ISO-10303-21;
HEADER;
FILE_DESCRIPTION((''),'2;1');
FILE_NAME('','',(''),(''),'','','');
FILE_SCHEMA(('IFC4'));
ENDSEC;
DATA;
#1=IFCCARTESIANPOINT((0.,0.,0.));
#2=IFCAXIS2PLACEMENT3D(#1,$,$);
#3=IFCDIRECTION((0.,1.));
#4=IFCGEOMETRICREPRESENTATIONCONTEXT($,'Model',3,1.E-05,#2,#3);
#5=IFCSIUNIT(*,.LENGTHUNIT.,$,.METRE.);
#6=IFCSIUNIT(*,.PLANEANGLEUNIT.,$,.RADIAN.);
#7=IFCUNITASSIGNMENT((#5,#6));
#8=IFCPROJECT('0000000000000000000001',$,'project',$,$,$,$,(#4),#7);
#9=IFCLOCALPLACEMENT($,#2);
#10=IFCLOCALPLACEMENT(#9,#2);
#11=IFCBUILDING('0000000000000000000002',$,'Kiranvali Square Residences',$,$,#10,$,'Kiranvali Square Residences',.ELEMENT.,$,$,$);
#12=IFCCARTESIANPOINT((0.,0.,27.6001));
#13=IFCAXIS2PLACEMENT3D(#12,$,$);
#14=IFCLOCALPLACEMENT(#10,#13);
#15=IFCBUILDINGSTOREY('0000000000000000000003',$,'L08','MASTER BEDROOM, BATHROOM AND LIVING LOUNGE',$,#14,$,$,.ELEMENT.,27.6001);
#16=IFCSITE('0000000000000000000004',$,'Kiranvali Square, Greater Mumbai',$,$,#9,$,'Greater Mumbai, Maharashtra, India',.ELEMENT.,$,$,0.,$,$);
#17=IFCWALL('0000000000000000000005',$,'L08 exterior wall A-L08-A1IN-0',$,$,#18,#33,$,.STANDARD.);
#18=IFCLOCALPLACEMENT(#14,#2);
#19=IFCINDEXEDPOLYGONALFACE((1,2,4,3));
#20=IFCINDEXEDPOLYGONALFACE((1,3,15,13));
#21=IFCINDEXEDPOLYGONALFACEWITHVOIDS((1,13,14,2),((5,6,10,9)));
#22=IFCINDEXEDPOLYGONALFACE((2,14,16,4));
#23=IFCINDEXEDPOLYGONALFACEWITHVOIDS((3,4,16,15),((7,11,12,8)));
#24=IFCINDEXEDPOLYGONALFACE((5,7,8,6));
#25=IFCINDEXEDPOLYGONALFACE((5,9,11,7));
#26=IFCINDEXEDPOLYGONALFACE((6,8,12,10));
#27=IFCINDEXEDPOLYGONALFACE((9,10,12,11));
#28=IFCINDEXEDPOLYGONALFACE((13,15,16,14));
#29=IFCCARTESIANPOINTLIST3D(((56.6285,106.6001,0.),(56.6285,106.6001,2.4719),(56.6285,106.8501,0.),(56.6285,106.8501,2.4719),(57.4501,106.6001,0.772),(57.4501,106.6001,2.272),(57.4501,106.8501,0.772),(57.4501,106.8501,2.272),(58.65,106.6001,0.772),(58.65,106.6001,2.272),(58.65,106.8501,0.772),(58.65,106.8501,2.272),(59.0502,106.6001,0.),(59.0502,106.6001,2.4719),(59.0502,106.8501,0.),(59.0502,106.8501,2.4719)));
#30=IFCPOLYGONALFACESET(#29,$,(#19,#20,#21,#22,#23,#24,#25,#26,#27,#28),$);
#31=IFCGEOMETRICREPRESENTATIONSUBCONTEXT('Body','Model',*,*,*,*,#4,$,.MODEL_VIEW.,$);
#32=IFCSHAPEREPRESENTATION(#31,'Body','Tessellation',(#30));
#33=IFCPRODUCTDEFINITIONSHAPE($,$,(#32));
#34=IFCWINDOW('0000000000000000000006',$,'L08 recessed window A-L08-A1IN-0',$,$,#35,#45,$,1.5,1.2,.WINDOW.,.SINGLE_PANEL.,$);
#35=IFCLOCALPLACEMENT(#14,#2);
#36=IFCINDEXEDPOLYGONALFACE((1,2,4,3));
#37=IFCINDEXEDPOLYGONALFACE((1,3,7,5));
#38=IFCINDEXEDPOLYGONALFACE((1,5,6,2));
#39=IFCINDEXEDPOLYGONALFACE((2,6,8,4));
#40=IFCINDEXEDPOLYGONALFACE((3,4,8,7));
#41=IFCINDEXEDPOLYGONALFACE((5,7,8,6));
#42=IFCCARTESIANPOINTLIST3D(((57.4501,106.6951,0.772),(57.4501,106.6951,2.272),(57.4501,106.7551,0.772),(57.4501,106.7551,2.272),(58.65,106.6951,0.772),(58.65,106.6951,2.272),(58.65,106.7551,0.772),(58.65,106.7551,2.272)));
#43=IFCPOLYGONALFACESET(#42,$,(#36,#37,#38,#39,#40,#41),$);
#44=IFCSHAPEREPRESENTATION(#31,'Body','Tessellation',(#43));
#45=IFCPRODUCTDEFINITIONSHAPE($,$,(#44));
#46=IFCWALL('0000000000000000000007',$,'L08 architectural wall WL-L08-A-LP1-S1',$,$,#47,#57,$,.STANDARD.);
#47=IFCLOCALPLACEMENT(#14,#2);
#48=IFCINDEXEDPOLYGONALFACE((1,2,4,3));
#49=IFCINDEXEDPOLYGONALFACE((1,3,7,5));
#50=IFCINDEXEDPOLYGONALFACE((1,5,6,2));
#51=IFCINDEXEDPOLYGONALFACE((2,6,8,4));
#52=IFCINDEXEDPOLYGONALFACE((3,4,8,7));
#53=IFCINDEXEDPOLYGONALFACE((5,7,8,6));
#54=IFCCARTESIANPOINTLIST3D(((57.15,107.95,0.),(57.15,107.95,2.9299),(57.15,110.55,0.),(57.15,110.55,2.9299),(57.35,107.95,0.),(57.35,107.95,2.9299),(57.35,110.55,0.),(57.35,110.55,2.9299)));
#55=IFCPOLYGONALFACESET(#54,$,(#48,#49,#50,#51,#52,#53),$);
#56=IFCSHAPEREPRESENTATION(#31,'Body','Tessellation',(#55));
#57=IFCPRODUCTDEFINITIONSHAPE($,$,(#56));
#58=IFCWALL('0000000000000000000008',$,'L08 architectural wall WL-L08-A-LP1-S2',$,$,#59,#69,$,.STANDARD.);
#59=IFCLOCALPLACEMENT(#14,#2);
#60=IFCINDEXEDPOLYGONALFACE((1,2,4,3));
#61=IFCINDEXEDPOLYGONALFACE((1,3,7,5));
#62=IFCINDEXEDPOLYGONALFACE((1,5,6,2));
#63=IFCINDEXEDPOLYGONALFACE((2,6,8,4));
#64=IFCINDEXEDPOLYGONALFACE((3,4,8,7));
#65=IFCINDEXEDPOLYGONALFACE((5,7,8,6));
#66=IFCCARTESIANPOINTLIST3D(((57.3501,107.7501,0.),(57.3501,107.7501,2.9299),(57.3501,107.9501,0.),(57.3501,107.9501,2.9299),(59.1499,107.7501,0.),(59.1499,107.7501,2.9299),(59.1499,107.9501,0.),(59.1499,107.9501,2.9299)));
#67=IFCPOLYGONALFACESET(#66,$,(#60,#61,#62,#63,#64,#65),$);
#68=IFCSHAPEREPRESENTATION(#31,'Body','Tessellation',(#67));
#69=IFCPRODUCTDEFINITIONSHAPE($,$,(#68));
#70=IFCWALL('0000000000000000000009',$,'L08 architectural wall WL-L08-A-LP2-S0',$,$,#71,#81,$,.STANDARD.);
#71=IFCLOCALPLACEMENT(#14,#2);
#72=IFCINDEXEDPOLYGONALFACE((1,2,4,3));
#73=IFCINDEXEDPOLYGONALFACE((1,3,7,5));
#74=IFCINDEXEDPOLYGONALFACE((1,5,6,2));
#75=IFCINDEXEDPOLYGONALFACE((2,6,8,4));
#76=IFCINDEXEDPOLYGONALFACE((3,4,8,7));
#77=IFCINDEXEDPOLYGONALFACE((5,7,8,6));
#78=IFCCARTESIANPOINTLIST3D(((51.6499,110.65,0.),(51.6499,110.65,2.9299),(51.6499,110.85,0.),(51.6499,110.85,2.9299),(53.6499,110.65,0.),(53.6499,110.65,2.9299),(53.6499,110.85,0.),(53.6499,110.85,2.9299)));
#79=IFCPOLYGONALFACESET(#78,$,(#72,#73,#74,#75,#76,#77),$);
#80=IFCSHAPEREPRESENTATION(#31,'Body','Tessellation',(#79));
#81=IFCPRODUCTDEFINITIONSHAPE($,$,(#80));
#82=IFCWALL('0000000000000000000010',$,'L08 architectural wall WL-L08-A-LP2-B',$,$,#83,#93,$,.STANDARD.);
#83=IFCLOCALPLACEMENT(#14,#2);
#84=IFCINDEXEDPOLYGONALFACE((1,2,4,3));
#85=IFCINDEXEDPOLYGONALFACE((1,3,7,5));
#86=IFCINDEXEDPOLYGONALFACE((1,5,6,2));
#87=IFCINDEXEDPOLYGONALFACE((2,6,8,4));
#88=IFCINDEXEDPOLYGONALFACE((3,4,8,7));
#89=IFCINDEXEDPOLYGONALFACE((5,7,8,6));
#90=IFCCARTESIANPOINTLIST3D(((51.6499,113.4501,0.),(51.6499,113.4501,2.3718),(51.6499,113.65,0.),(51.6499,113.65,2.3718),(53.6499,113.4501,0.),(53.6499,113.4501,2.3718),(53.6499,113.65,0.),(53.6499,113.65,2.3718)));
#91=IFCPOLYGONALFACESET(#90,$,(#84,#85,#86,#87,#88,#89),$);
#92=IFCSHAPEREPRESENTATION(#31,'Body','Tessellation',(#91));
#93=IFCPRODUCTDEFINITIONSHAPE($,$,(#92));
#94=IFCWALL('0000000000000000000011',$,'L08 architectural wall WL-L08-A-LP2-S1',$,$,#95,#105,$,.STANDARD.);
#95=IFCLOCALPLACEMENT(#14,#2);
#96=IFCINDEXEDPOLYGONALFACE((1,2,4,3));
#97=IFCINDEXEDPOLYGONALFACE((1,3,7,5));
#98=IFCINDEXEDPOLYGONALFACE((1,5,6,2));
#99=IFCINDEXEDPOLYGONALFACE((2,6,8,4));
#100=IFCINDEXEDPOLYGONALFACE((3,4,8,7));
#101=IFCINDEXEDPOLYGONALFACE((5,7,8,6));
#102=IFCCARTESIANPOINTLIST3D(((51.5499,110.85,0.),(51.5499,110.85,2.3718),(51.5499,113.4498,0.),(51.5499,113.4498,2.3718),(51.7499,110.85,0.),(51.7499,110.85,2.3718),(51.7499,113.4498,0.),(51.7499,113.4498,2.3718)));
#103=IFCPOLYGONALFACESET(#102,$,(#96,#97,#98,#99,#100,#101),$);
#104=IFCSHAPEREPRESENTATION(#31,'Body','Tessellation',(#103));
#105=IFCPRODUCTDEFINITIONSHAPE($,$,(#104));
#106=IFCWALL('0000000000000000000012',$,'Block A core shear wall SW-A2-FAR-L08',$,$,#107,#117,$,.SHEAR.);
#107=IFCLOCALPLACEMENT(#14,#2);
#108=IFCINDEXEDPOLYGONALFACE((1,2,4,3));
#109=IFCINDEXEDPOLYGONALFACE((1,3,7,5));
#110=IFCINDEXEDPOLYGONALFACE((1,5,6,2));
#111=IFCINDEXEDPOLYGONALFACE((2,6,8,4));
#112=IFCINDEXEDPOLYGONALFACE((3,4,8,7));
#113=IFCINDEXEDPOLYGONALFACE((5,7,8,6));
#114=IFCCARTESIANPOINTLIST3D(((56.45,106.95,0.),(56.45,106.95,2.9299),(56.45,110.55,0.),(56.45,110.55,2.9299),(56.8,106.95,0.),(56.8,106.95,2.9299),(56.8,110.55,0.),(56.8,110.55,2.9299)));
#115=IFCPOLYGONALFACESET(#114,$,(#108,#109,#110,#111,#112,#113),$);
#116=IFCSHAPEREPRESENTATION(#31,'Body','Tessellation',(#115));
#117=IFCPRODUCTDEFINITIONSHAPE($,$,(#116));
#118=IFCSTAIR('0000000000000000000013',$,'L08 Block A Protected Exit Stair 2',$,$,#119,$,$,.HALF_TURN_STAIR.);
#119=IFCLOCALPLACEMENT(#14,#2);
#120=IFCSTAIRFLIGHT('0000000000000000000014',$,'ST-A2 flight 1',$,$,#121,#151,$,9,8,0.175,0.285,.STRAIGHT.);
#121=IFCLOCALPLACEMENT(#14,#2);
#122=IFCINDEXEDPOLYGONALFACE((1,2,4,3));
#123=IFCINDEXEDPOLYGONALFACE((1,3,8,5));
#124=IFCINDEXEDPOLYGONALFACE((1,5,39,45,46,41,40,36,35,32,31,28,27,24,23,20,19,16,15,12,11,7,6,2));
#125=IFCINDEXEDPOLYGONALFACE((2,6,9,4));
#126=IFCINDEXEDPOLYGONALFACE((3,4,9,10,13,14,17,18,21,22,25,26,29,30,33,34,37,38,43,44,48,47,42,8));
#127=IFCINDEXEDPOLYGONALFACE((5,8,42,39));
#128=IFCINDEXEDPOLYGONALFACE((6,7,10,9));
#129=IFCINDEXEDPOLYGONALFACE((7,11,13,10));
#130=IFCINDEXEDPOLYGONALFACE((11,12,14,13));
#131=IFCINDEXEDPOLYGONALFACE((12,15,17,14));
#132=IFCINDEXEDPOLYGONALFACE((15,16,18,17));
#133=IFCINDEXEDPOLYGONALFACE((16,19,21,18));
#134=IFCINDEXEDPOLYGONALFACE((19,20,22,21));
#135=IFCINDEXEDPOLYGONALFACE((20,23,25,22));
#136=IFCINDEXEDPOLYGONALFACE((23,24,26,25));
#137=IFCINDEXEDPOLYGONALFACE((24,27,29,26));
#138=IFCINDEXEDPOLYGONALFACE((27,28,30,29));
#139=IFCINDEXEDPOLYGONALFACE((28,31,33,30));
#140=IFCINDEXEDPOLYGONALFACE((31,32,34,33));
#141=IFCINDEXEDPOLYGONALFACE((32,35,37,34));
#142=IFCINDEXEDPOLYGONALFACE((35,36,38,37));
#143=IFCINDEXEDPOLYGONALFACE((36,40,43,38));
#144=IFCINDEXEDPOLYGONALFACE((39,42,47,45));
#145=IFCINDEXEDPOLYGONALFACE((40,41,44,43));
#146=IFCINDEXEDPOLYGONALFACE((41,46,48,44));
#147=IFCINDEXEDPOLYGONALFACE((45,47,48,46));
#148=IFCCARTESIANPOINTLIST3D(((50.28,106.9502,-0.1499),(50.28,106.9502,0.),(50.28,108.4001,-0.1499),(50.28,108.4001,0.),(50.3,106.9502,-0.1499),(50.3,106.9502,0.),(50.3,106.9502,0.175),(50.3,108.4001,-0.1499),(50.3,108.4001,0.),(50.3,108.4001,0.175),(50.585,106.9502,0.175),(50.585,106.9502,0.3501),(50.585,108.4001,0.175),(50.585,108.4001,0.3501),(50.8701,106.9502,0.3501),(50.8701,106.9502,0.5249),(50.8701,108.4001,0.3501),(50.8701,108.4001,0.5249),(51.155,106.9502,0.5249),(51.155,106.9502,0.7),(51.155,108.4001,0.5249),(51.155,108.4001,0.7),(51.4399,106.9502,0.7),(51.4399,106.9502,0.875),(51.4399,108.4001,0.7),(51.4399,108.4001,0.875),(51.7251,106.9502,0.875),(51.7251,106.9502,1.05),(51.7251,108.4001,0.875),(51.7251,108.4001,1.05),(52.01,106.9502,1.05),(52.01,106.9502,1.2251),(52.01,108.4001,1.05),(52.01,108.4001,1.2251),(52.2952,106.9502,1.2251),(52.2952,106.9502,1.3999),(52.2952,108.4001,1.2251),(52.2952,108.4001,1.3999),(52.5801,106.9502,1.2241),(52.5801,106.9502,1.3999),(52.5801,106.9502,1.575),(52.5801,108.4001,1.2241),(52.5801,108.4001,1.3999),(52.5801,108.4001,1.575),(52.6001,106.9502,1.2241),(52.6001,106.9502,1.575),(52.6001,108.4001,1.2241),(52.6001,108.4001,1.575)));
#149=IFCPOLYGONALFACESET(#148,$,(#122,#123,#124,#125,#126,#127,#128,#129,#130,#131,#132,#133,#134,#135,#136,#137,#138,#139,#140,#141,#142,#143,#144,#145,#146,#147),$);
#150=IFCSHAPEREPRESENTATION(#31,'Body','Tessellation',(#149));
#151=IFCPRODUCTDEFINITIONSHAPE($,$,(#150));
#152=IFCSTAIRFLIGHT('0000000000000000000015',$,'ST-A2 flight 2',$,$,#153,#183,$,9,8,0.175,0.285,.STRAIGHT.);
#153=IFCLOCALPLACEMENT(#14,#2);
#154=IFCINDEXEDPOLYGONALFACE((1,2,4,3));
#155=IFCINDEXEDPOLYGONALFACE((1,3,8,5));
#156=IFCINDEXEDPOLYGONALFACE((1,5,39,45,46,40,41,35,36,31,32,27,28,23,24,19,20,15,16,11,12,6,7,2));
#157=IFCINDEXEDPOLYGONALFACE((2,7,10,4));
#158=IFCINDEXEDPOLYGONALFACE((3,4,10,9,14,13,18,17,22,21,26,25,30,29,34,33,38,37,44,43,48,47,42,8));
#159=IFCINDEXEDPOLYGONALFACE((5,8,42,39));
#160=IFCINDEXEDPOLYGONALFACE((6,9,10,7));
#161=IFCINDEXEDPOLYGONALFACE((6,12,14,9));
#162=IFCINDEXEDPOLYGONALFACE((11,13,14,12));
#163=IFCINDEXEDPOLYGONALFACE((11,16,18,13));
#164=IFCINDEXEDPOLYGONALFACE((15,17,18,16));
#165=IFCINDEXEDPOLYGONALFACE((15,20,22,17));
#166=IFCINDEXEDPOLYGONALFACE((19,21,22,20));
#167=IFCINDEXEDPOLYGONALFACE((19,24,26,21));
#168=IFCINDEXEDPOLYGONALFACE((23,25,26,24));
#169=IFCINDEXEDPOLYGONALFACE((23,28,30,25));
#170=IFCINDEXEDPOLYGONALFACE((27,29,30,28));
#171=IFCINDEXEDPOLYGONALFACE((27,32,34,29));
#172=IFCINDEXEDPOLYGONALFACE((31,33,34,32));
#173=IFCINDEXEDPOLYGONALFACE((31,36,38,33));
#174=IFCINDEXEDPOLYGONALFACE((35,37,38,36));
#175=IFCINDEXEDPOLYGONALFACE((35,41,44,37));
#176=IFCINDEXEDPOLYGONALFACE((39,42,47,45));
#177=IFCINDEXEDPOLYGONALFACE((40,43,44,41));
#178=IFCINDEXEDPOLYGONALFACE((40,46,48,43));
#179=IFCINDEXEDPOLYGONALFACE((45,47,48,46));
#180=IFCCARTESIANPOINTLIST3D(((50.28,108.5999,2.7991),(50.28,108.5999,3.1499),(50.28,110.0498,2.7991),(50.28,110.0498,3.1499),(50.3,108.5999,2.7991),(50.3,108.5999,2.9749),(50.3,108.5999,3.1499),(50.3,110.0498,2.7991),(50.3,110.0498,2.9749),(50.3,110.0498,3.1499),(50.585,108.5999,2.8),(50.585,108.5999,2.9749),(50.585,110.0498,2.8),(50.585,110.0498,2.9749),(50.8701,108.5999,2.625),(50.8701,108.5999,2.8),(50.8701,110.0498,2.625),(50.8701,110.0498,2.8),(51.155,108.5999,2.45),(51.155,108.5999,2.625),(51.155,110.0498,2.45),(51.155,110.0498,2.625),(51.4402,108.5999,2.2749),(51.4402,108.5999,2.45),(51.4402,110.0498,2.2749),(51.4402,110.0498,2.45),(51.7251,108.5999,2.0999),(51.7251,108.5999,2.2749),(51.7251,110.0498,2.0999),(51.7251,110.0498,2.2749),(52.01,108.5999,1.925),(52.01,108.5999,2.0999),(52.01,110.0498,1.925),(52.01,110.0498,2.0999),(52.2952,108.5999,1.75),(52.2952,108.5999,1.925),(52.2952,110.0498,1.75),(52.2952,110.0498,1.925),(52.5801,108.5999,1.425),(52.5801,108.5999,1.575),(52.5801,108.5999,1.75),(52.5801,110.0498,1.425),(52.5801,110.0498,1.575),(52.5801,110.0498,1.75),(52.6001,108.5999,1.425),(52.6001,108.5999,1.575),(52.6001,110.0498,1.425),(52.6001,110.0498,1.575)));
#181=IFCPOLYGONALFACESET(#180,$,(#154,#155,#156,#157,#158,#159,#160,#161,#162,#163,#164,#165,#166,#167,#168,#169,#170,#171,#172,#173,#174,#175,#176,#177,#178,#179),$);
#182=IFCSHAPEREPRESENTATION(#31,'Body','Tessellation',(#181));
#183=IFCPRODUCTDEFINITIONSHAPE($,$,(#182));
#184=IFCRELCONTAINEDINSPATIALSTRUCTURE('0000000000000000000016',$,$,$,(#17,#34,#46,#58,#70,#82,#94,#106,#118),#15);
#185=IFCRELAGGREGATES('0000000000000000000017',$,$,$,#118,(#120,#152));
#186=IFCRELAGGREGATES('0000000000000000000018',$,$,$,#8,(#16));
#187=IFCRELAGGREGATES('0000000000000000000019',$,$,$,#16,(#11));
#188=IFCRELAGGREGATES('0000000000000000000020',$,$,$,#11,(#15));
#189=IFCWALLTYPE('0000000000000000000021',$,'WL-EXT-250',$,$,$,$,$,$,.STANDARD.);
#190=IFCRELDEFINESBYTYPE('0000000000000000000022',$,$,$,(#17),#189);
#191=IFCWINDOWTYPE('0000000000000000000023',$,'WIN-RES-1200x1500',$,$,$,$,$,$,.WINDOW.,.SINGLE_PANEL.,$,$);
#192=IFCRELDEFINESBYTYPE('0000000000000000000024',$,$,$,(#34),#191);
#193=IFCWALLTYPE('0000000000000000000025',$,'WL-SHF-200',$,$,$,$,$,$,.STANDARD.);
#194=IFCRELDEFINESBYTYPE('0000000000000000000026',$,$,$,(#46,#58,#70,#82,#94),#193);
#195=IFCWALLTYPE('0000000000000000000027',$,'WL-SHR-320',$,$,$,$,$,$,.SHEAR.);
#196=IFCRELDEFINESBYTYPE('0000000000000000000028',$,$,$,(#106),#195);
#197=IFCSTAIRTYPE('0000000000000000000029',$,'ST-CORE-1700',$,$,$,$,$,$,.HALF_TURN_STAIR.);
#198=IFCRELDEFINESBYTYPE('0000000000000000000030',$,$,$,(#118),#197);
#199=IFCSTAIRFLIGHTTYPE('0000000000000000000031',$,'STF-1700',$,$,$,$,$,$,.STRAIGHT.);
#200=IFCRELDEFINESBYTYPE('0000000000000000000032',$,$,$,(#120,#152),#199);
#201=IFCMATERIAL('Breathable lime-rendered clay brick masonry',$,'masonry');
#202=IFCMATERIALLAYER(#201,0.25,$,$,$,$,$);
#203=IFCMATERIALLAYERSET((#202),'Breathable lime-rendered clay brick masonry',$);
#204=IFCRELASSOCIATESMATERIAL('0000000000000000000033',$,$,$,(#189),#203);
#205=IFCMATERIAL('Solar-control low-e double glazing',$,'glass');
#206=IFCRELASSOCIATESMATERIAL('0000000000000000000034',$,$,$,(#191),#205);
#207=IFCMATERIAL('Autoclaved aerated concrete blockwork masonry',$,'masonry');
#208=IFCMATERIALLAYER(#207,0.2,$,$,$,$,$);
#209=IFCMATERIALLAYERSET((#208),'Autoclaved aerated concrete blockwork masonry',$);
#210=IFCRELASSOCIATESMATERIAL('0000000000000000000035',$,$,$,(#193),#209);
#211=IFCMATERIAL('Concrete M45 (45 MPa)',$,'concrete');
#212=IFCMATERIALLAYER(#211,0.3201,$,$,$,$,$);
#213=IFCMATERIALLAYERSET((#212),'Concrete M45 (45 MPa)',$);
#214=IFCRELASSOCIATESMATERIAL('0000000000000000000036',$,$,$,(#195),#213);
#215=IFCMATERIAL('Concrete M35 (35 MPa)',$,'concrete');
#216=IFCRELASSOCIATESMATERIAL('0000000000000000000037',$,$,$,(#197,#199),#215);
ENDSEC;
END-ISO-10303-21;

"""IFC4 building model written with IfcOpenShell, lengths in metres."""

from ifc_helpers import new_model, si_unit, direction, frame, frame_2d, origin, place, context, subcontext, project, spatial, polyline, rectangle, outline, extrude, material, layer, layer_set, type_object, element, fill, aggregate, save


model = new_model("IFC4")

# Units and contexts
model_context = context("Model", 3, precision=1e-05, world=origin(), true_north=direction((0.0, 1.0)))
body_context = subcontext(model_context, "Body", "Model", "MODEL_VIEW")
ifc_project = project(units=[si_unit("LENGTHUNIT", "METRE"), si_unit("PLANEANGLEUNIT", "RADIAN")], contexts=[model_context])

# Site, building, storey
site_placement = place(None, origin())
site = spatial("IfcSite", under=ifc_project, at=site_placement, Name="Kiranvali Square, Greater Mumbai", LongName="Greater Mumbai, Maharashtra, India", CompositionType="ELEMENT", RefElevation=0.0)
building_placement = place(site_placement, origin())
building = spatial("IfcBuilding", under=site, at=building_placement, Name="Kiranvali Square Residences", LongName="Kiranvali Square Residences", CompositionType="ELEMENT")
storey_placement = place(building_placement, frame((0.0, 0.0, 27.6001)))
storey = spatial("IfcBuildingStorey", under=building, at=storey_placement, Name="L08", Description="MASTER BEDROOM, BATHROOM AND LIVING LOUNGE", CompositionType="ELEMENT", Elevation=27.6001)

# Shared definitions
ifc_material_1 = material(Name="Autoclaved aerated concrete blockwork masonry", Category="masonry")

# Wall, opening, window
ifc_material_2 = material(Name="Breathable lime-rendered clay brick masonry", Category="masonry")
ifc_layer_1 = layer(ifc_material_2, 0.25)
ifc_layer_set_1 = layer_set([ifc_layer_1], Name="Breathable lime-rendered clay brick masonry")
wall_type_1 = type_object("IfcWallType", Name="WL-EXT-250", PredefinedType="STANDARD", material=ifc_layer_set_1)
wall_1_placement = place(storey_placement, frame((56.6284, 106.7251, 0.0), z_axis=(0.0, 0.0, 1.0), x_axis=(1.0, 0.0, 0.0)))
wall_1 = element("IfcWall", 1, at=wall_1_placement, inside=storey, type_object=wall_type_1, Name="L08 exterior wall A-L08-A1IN-0", PredefinedType="STANDARD", context=body_context, shape_type="SweptSolid", body=[
    extrude(rectangle(XDim=2.4216, YDim=0.25, at=frame_2d((1.2109, 0.0))), origin(), (0.0, 0.0, 1.0), 2.4719),
])
opening_1_placement = place(wall_1_placement, frame((0.8215, 0.0, 0.772)))
opening_1 = element("IfcOpeningElement", 2, at=opening_1_placement, cuts=wall_1, PredefinedType="OPENING", context=body_context, shape_type="SweptSolid", body=[
    extrude(rectangle(XDim=1.2, YDim=1.5, at=frame_2d((0.6001, 0.75))), frame((0.0, 0.135, 0.0), z_axis=(0.0, -1.0, 0.0), x_axis=(1.0, 0.0, 0.0)), (0.0, 0.0, 1.0), 0.27),
])
ifc_material_3 = material(Name="Solar-control low-e double glazing", Category="glass")
window_type = type_object("IfcWindowType", Name="WIN-RES-1200x1500", PartitioningType="SINGLE_PANEL", PredefinedType="WINDOW", material=ifc_material_3)
window_placement = place(opening_1_placement, origin())
window = element("IfcWindow", 3, at=window_placement, inside=storey, type_object=window_type, Name="L08 recessed window A-L08-A1IN-0", OverallHeight=1.5, OverallWidth=1.2, PartitioningType="SINGLE_PANEL", PredefinedType="WINDOW", context=body_context, shape_type="SweptSolid", body=[
    extrude(rectangle(XDim=1.2, YDim=1.5, at=frame_2d((0.6001, 0.75))), frame((0.0, 0.03, 0.0), z_axis=(0.0, -1.0, 0.0), x_axis=(1.0, 0.0, 0.0)), (0.0, 0.0, 1.0), 0.0601),
])
fill(opening_1, window)

# Walls
ifc_layer_2 = layer(ifc_material_1, 0.2)
ifc_layer_set_2 = layer_set([ifc_layer_2], Name="Autoclaved aerated concrete blockwork masonry")
wall_type_2 = type_object("IfcWallType", Name="WL-SHF-200", PredefinedType="STANDARD", material=ifc_layer_set_2)
wall_2_placement = place(storey_placement, frame((57.25, 107.95, 0.0), z_axis=(0.0, 0.0, 1.0), x_axis=(0.0, 1.0, 0.0)))
element("IfcWall", 4, at=wall_2_placement, inside=storey, type_object=wall_type_2, Name="L08 architectural wall WL-L08-A-LP1-S1", PredefinedType="STANDARD", context=body_context, shape_type="SweptSolid", body=[
    extrude(rectangle(XDim=2.6001, YDim=0.2, at=frame_2d((1.3, 0.0))), origin(), (0.0, 0.0, 1.0), 2.9299),
])
wall_3_placement = place(storey_placement, frame((57.3501, 107.8501, 0.0), z_axis=(0.0, 0.0, 1.0), x_axis=(1.0, 0.0, 0.0)))
element("IfcWall", 5, at=wall_3_placement, inside=storey, type_object=wall_type_2, Name="L08 architectural wall WL-L08-A-LP1-S2", PredefinedType="STANDARD", context=body_context, shape_type="SweptSolid", body=[
    extrude(rectangle(XDim=1.7998, YDim=0.2, at=frame_2d((0.8999, 0.0))), origin(), (0.0, 0.0, 1.0), 2.9299),
])
wall_4_placement = place(storey_placement, frame((51.6499, 110.75, 0.0), z_axis=(0.0, 0.0, 1.0), x_axis=(1.0, 0.0, 0.0)))
element("IfcWall", 6, at=wall_4_placement, inside=storey, type_object=wall_type_2, Name="L08 architectural wall WL-L08-A-LP2-S0", PredefinedType="STANDARD", context=body_context, shape_type="SweptSolid", body=[
    extrude(rectangle(XDim=2.0, YDim=0.2, at=frame_2d((1.0, 0.0))), origin(), (0.0, 0.0, 1.0), 2.9299),
])
wall_5_placement = place(storey_placement, frame((51.6499, 113.55, 0.0), z_axis=(0.0, 0.0, 1.0), x_axis=(1.0, 0.0, 0.0)))
element("IfcWall", 7, at=wall_5_placement, inside=storey, type_object=wall_type_2, Name="L08 architectural wall WL-L08-A-LP2-B", PredefinedType="STANDARD", context=body_context, shape_type="SweptSolid", body=[
    extrude(rectangle(XDim=2.0, YDim=0.2, at=frame_2d((1.0, 0.0))), origin(), (0.0, 0.0, 1.0), 2.3718),
])
wall_6_placement = place(storey_placement, frame((51.6499, 110.8501, 0.0), z_axis=(0.0, 0.0, 1.0), x_axis=(0.0, 1.0, 0.0)))
element("IfcWall", 8, at=wall_6_placement, inside=storey, type_object=wall_type_2, Name="L08 architectural wall WL-L08-A-LP2-S1", PredefinedType="STANDARD", context=body_context, shape_type="SweptSolid", body=[
    extrude(rectangle(XDim=2.5999, YDim=0.2, at=frame_2d((1.2998, 0.0))), origin(), (0.0, 0.0, 1.0), 2.3718),
])

# Wall
ifc_material_4 = material(Name="Concrete M45 (45 MPa)", Category="concrete")
ifc_layer_3 = layer(ifc_material_4, 0.3201)
ifc_layer_set_3 = layer_set([ifc_layer_3], Name="Concrete M45 (45 MPa)")
wall_type_3 = type_object("IfcWallType", Name="WL-SHR-320", PredefinedType="SHEAR", material=ifc_layer_set_3)
wall_7_placement = place(storey_placement, frame((56.625, 106.95, 0.0), z_axis=(0.0, 0.0, 1.0), x_axis=(0.0, 1.0, 0.0)))
element("IfcWall", 9, at=wall_7_placement, inside=storey, type_object=wall_type_3, Name="Block A core shear wall SW-A2-FAR-L08", PredefinedType="SHEAR", context=body_context, shape_type="SweptSolid", body=[
    extrude(rectangle(XDim=3.6001, YDim=0.3501, at=frame_2d((1.8, 0.0))), origin(), (0.0, 0.0, 1.0), 2.9299),
])

# Stair, stair flights
ifc_material_5 = material(Name="Concrete M35 (35 MPa)", Category="concrete")
stair_type = type_object("IfcStairType", Name="ST-CORE-1700", PredefinedType="HALF_TURN_STAIR", material=ifc_material_5)
stair_placement = place(storey_placement, origin())
stair = element("IfcStair", 10, at=stair_placement, inside=storey, type_object=stair_type, Name="L08 Block A Protected Exit Stair 2", PredefinedType="HALF_TURN_STAIR")
stair_flight_type = type_object("IfcStairFlightType", Name="STF-1700", PredefinedType="STRAIGHT", material=ifc_material_5)
stair_flight_1_placement = place(storey_placement, frame((50.3, 107.675, 0.0), z_axis=(0.0, 0.0, 1.0), x_axis=(1.0, 0.0, 0.0)))
stair_flight_1 = element("IfcStairFlight", 11, at=stair_flight_1_placement, type_object=stair_flight_type, Name="ST-A2 flight 1", NumberOfRisers=9, NumberOfTreads=8, PredefinedType="STRAIGHT", RiserHeight=0.175, TreadLength=0.285, context=body_context, shape_type="SweptSolid", body=[
    extrude(outline(polyline([(-0.02, -0.1499), (-0.02, 0.0), (0.0, 0.0), (0.0, 0.175), (0.2849, 0.175), (0.2849, 0.3501), (0.5701, 0.3501), (0.5701, 0.5249), (0.855, 0.5249), (0.855, 0.7), (1.1399, 0.7), (1.1399, 0.875), (1.425, 0.875), (1.425, 1.05), (1.71, 1.05), (1.71, 1.2251), (1.9951, 1.2251), (1.9951, 1.3999), (2.28, 1.3999), (2.28, 1.575), (2.3, 1.575), (2.3, 1.2241), (2.28, 1.2241), (0.0, -0.1499), (-0.02, -0.1499)])), frame((0.0, 0.7251, 0.0), z_axis=(0.0, -1.0, 0.0), x_axis=(1.0, 0.0, 0.0)), (0.0, 0.0, 1.0), 1.45),
])
stair_flight_2_placement = place(storey_placement, frame((52.5801, 109.325, 1.575), z_axis=(0.0, 0.0, 1.0), x_axis=(-1.0, 0.0, 0.0)))
stair_flight_2 = element("IfcStairFlight", 12, at=stair_flight_2_placement, type_object=stair_flight_type, Name="ST-A2 flight 2", NumberOfRisers=9, NumberOfTreads=8, PredefinedType="STRAIGHT", RiserHeight=0.175, TreadLength=0.285, context=body_context, shape_type="SweptSolid", body=[
    extrude(outline(polyline([(-0.02, -0.1499), (-0.02, 0.0), (0.0, 0.0), (0.0, 0.175), (0.2849, 0.175), (0.2849, 0.3501), (0.5701, 0.3501), (0.5701, 0.5249), (0.855, 0.5249), (0.855, 0.7), (1.1399, 0.7), (1.1399, 0.875), (1.425, 0.875), (1.425, 1.05), (1.71, 1.05), (1.71, 1.2251), (1.9951, 1.2251), (1.9951, 1.3999), (2.28, 1.3999), (2.28, 1.575), (2.3, 1.575), (2.3, 1.2241), (2.28, 1.2241), (0.0, -0.1499), (-0.02, -0.1499)])), frame((0.0, 0.7251, 0.0), z_axis=(0.0, -1.0, 0.0), x_axis=(1.0, 0.0, 0.0)), (0.0, 0.0, 1.0), 1.45),
])
aggregate(stair, [stair_flight_1, stair_flight_2])

save(model, "model.ifc")
